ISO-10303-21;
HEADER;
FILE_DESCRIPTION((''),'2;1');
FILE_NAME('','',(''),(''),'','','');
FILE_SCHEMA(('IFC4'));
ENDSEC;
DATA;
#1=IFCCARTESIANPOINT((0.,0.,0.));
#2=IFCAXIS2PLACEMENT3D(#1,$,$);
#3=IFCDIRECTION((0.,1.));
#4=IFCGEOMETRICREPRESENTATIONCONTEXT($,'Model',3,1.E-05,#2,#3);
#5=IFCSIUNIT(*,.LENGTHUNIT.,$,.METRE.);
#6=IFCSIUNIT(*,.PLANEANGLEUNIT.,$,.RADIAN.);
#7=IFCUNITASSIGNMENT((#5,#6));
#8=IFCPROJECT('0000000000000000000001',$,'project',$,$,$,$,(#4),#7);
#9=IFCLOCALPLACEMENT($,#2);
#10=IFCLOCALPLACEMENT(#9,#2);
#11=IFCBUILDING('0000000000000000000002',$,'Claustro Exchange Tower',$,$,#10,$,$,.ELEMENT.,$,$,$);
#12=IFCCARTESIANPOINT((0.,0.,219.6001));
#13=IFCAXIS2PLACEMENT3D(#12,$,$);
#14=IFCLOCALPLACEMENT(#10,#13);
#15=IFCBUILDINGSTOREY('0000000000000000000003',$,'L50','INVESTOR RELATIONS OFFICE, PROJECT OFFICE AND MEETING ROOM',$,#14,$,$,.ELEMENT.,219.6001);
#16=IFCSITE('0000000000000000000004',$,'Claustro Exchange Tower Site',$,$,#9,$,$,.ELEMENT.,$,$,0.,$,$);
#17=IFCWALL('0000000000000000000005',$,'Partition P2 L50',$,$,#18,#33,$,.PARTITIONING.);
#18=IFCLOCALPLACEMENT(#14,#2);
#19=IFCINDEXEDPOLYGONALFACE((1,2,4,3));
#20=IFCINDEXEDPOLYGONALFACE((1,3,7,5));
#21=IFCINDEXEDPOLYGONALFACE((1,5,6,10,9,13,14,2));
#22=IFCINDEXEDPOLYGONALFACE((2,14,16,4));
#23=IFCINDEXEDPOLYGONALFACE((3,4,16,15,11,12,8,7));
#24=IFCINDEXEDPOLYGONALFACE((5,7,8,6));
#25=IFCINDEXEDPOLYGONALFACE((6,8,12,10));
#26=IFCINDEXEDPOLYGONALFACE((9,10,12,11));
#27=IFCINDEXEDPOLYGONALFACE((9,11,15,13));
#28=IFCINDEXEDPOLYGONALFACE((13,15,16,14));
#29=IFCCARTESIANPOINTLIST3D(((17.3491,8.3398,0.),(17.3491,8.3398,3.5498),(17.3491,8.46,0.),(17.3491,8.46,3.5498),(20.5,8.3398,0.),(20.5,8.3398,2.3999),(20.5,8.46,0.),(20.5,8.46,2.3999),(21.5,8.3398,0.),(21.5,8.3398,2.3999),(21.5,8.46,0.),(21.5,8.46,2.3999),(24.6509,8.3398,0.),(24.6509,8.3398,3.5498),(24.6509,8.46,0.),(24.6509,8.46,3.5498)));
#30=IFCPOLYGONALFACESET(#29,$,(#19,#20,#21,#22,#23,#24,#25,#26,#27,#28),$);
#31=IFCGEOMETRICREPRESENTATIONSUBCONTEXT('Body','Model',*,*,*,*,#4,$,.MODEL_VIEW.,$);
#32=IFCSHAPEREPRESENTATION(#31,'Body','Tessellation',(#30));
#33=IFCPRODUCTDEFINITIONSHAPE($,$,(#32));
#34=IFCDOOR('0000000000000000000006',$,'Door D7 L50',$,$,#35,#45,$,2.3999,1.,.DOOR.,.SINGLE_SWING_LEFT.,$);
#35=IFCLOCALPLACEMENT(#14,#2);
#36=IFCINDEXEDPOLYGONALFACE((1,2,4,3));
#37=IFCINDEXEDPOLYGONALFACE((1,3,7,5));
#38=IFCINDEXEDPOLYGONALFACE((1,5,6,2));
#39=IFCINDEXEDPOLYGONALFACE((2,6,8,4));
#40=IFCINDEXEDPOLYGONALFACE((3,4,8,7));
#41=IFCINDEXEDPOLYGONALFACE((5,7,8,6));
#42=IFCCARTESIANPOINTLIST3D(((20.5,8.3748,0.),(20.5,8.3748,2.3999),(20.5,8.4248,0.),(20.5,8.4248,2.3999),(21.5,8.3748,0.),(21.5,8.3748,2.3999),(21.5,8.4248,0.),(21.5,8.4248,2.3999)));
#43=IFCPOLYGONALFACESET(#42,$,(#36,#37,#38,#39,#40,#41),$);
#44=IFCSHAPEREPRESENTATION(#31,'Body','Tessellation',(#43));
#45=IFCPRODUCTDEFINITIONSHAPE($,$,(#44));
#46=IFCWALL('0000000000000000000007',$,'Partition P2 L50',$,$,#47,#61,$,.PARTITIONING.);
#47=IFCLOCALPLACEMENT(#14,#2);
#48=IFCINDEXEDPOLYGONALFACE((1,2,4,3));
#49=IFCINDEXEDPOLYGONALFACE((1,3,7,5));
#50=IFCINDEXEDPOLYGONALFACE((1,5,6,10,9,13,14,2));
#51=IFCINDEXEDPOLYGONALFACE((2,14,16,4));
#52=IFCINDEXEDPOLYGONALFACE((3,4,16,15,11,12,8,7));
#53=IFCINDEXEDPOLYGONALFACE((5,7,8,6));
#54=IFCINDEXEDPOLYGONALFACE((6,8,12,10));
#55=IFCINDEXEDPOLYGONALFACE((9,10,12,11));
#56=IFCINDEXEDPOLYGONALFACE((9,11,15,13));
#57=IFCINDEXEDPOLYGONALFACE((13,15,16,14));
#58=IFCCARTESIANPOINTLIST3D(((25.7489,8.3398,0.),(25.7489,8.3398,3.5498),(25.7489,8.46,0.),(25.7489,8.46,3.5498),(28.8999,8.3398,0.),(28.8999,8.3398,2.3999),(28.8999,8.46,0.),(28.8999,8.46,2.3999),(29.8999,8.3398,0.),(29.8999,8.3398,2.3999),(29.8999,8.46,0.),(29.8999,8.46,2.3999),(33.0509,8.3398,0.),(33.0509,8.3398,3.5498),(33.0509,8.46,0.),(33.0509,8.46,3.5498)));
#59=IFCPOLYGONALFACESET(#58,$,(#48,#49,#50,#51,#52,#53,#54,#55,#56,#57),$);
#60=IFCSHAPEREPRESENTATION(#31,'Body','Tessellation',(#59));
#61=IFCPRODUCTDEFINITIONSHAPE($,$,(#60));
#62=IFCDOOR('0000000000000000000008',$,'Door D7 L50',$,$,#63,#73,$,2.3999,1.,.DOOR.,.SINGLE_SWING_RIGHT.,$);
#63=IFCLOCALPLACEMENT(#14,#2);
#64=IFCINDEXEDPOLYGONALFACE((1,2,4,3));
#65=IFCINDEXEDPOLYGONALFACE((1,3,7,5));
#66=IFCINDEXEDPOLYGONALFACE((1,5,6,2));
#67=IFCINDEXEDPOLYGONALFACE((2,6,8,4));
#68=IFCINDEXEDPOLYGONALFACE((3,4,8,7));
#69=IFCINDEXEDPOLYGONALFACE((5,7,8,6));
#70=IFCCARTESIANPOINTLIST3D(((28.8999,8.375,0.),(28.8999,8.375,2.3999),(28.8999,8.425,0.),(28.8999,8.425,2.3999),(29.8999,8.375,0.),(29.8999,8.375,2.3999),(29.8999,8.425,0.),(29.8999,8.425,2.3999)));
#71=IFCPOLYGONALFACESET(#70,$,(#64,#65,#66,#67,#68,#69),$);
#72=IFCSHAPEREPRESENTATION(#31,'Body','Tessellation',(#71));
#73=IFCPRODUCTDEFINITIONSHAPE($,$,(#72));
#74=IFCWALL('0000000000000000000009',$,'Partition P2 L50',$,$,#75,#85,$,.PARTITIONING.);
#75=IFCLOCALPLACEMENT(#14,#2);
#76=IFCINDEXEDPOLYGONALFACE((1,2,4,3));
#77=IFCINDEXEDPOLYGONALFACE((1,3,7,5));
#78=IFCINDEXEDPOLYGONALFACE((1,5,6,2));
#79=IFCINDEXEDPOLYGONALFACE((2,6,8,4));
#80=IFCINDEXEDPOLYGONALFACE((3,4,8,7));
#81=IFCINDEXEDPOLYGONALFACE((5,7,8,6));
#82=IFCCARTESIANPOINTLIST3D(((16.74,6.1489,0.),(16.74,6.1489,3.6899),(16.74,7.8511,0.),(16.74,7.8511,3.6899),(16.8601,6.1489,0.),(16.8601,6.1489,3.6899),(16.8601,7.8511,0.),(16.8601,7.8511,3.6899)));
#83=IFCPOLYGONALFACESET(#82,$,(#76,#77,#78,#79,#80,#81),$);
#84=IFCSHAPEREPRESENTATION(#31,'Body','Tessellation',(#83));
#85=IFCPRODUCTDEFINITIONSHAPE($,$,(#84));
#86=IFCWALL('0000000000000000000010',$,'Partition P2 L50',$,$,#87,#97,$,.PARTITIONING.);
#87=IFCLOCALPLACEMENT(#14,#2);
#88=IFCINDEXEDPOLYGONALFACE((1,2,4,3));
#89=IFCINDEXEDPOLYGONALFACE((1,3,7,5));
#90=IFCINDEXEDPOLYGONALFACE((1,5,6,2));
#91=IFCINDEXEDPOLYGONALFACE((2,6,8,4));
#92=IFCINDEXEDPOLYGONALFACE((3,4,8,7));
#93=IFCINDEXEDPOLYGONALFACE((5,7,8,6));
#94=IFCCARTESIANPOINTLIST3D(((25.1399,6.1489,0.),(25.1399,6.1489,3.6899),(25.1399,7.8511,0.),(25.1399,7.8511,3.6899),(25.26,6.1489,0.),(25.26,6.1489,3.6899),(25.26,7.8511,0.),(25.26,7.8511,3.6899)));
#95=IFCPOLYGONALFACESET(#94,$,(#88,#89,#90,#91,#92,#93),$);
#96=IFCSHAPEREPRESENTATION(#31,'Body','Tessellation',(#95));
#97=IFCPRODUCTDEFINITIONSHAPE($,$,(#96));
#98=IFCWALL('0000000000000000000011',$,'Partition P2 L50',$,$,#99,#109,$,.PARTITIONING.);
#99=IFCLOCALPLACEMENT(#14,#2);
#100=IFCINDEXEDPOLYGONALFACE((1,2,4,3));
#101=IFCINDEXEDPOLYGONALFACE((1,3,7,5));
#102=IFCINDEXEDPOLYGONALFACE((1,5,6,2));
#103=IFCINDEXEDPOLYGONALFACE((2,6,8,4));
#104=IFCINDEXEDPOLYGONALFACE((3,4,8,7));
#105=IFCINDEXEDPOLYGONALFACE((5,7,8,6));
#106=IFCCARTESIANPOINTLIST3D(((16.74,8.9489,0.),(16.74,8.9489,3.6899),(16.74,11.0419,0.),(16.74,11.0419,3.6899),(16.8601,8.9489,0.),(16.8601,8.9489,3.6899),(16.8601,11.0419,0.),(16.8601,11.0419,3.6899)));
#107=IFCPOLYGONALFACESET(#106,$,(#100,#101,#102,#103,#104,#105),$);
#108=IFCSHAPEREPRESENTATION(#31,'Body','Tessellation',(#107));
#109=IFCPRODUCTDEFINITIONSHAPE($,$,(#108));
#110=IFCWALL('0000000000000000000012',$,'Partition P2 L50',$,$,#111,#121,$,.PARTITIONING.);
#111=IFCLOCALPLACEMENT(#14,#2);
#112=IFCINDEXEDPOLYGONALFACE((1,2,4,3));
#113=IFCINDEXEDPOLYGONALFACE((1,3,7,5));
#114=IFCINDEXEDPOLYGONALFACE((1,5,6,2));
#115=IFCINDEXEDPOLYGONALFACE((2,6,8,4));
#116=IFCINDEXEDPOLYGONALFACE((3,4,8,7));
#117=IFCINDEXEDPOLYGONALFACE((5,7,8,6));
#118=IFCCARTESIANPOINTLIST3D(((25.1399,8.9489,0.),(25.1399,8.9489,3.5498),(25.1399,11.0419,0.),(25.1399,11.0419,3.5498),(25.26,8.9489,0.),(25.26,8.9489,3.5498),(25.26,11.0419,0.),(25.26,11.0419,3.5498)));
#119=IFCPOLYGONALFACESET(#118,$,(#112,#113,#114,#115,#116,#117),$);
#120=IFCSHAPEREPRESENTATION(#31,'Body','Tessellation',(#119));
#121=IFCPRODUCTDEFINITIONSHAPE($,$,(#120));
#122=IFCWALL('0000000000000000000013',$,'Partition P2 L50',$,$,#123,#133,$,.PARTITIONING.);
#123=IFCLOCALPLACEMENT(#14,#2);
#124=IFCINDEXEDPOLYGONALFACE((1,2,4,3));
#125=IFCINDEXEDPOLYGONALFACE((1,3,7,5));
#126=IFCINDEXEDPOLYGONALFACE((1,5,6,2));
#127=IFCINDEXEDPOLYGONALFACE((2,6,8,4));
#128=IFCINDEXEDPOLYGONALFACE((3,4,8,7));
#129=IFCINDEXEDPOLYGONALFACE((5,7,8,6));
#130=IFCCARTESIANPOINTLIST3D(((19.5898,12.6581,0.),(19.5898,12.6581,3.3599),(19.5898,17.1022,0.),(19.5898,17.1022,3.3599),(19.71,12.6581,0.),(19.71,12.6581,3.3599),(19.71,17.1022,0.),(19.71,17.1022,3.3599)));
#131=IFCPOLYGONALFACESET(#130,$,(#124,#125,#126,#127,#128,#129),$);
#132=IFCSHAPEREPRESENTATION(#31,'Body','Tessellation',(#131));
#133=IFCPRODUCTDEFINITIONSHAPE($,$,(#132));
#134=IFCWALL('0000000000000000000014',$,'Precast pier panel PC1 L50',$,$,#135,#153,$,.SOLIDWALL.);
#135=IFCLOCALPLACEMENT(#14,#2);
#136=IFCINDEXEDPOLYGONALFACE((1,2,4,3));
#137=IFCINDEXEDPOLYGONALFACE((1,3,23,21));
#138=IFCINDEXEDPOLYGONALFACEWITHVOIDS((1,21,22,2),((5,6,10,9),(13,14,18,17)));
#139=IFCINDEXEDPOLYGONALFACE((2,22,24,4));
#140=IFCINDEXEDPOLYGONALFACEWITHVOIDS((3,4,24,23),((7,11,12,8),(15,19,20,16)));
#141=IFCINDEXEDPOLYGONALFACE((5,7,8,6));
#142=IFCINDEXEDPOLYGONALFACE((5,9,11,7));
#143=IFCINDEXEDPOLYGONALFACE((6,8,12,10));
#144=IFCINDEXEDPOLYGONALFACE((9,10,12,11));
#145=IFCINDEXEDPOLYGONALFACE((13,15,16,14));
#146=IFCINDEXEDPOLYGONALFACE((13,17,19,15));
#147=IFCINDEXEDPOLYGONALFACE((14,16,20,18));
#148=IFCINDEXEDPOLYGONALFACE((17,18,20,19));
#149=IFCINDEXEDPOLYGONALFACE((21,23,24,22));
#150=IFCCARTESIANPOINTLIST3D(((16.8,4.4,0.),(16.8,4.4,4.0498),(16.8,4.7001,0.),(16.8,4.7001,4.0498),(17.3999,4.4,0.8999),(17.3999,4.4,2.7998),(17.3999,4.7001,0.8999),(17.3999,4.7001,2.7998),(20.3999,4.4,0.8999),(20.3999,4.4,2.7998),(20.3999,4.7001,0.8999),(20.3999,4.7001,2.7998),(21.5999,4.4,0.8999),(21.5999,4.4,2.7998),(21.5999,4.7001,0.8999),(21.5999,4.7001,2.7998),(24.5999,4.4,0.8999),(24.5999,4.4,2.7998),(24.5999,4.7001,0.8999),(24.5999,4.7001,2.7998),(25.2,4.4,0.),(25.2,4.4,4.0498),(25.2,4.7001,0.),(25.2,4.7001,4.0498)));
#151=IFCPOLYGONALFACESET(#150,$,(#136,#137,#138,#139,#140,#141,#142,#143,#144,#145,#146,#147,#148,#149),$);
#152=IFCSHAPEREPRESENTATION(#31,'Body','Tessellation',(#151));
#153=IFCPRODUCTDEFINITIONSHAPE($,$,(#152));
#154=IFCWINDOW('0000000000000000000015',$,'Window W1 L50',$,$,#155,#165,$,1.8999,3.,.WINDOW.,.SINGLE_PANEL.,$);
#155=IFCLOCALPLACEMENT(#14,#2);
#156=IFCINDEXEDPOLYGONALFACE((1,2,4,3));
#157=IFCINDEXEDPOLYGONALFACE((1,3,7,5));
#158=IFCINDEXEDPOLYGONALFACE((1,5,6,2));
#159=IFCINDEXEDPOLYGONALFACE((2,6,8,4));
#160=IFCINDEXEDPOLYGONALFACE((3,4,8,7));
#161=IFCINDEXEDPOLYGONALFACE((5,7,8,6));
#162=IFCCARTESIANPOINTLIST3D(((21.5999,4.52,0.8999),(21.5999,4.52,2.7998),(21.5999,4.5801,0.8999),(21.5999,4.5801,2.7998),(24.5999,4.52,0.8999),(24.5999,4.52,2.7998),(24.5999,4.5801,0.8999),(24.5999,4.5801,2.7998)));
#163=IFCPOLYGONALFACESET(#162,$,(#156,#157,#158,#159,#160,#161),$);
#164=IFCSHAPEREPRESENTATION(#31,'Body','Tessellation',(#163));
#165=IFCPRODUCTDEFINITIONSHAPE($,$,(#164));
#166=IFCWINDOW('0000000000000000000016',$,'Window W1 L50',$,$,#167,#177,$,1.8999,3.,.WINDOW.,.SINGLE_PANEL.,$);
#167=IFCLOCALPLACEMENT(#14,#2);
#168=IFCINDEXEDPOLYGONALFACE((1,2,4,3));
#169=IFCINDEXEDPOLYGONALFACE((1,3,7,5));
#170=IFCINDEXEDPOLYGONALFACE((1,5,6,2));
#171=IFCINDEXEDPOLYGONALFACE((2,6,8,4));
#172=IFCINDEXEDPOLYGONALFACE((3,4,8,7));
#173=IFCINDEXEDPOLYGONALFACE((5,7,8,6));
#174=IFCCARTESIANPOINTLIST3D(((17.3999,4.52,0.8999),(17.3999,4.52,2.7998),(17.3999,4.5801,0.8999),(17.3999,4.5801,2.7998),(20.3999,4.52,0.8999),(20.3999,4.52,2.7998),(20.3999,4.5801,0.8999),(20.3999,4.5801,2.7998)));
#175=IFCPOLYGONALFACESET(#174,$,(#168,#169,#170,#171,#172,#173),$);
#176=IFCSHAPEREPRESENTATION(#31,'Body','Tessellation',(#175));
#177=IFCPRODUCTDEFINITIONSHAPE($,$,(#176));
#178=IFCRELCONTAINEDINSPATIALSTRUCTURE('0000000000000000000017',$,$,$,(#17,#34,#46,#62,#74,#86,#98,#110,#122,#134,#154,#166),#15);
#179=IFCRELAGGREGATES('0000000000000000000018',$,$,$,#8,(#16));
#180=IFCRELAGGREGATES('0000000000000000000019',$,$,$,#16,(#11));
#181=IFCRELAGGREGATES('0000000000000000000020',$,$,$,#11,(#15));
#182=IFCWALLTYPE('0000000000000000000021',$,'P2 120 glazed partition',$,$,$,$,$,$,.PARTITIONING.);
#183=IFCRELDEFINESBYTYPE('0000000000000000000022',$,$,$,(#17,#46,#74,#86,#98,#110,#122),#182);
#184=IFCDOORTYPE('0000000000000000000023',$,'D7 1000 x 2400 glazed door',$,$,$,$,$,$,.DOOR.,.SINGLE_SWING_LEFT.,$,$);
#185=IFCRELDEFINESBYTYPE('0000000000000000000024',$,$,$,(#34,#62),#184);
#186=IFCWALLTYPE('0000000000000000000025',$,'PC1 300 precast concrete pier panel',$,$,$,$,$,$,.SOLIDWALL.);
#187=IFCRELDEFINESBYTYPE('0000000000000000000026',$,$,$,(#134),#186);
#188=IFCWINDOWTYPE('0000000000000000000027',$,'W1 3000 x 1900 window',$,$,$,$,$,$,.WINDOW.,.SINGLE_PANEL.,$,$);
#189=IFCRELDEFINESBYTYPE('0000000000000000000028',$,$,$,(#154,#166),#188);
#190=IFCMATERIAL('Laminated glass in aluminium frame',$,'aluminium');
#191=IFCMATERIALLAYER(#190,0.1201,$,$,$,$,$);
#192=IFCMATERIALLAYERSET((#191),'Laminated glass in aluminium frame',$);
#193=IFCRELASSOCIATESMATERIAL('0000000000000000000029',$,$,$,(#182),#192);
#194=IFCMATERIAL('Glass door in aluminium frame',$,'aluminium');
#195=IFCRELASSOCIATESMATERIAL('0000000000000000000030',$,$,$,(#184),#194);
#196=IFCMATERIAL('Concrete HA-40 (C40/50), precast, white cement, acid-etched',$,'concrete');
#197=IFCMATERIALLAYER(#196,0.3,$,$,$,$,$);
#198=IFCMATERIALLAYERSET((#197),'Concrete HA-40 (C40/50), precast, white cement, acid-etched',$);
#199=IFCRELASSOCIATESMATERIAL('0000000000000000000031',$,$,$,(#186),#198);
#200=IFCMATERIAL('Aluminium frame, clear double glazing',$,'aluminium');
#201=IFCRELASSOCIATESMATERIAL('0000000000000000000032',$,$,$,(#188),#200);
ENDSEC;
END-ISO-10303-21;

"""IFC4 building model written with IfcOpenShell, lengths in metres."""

from ifc_helpers import new_model, si_unit, direction, frame, frame_2d, origin, place, context, subcontext, project, spatial, rectangle, extrude, material, layer, layer_set, type_object, element, fill, save


model = new_model("IFC4")

# Units and contexts
model_context = context("Model", 3, precision=1e-05, world=origin(), true_north=direction((0.0, 1.0)))
body_context = subcontext(model_context, "Body", "Model", "MODEL_VIEW")
ifc_project = project(units=[si_unit("LENGTHUNIT", "METRE"), si_unit("PLANEANGLEUNIT", "RADIAN")], contexts=[model_context])

# Site, building, storey
site_placement = place(None, origin())
site = spatial("IfcSite", under=ifc_project, at=site_placement, Name="Claustro Exchange Tower Site", CompositionType="ELEMENT", RefElevation=0.0)
building_placement = place(site_placement, origin())
building = spatial("IfcBuilding", under=site, at=building_placement, Name="Claustro Exchange Tower", CompositionType="ELEMENT")
storey_placement = place(building_placement, frame((0.0, 0.0, 219.6001)))
storey = spatial("IfcBuildingStorey", under=building, at=storey_placement, Name="L50", Description="INVESTOR RELATIONS OFFICE, PROJECT OFFICE AND MEETING ROOM", CompositionType="ELEMENT", Elevation=219.6001)

# Walls, openings, doors
ifc_material_1 = material(Name="Laminated glass in aluminium frame", Category="aluminium")
ifc_layer_1 = layer(ifc_material_1, 0.1201)
ifc_layer_set_1 = layer_set([ifc_layer_1], Name="Laminated glass in aluminium frame")
wall_type_1 = type_object("IfcWallType", Name="P2 120 glazed partition", PredefinedType="PARTITIONING", material=ifc_layer_set_1)
wall_1_placement = place(storey_placement, frame((17.3491, 8.3999, 0.0), z_axis=(0.0, 0.0, 1.0), x_axis=(1.0, 0.0, 0.0)))
wall_1 = element("IfcWall", 1, at=wall_1_placement, inside=storey, type_object=wall_type_1, Name="Partition P2 L50", PredefinedType="PARTITIONING", context=body_context, shape_type="SweptSolid", body=[
    extrude(rectangle(XDim=7.3018, YDim=0.1201, at=frame_2d((3.6509, 0.0))), origin(), (0.0, 0.0, 1.0), 3.5498),
])
opening_1_placement = place(wall_1_placement, frame((3.1509, 0.0, 0.0)))
opening_1 = element("IfcOpeningElement", 2, at=opening_1_placement, cuts=wall_1, PredefinedType="OPENING", context=body_context, shape_type="SweptSolid", body=[
    extrude(rectangle(XDim=1.0, YDim=2.3999, at=frame_2d((0.5, 1.2))), frame((0.0, 0.0701, 0.0), z_axis=(0.0, -1.0, 0.0), x_axis=(1.0, 0.0, 0.0)), (0.0, 0.0, 1.0), 0.1401),
])
ifc_material_2 = material(Name="Glass door in aluminium frame", Category="aluminium")
door_type = type_object("IfcDoorType", Name="D7 1000 x 2400 glazed door", OperationType="SINGLE_SWING_LEFT", PredefinedType="DOOR", material=ifc_material_2)
door_1_placement = place(opening_1_placement, origin())
door_1 = element("IfcDoor", 3, at=door_1_placement, inside=storey, type_object=door_type, Name="Door D7 L50", OperationType="SINGLE_SWING_LEFT", OverallHeight=2.3999, OverallWidth=1.0, PredefinedType="DOOR", context=body_context, shape_type="SweptSolid", body=[
    extrude(rectangle(XDim=1.0, YDim=2.3999, at=frame_2d((0.5, 1.2))), frame((0.0, 0.0249, 0.0), z_axis=(0.0, -1.0, 0.0), x_axis=(1.0, 0.0, 0.0)), (0.0, 0.0, 1.0), 0.05),
])
fill(opening_1, door_1)
wall_2_placement = place(storey_placement, frame((25.749, 8.3999, 0.0), z_axis=(0.0, 0.0, 1.0), x_axis=(1.0, 0.0, 0.0)))
wall_2 = element("IfcWall", 4, at=wall_2_placement, inside=storey, type_object=wall_type_1, Name="Partition P2 L50", PredefinedType="PARTITIONING", context=body_context, shape_type="SweptSolid", body=[
    extrude(rectangle(XDim=7.302, YDim=0.1201, at=frame_2d((3.6509, 0.0))), origin(), (0.0, 0.0, 1.0), 3.5498),
])
opening_2_placement = place(wall_2_placement, frame((3.1509, 0.0, 0.0)))
opening_2 = element("IfcOpeningElement", 5, at=opening_2_placement, cuts=wall_2, PredefinedType="OPENING", context=body_context, shape_type="SweptSolid", body=[
    extrude(rectangle(XDim=1.0, YDim=2.3999, at=frame_2d((0.5, 1.2))), frame((0.0, 0.0701, 0.0), z_axis=(0.0, -1.0, 0.0), x_axis=(1.0, 0.0, 0.0)), (0.0, 0.0, 1.0), 0.1401),
])
door_2_placement = place(opening_2_placement, frame((1.0, 0.0, 0.0), z_axis=(0.0, 0.0, 1.0), x_axis=(-1.0, 0.0, 0.0)))
door_2 = element("IfcDoor", 6, at=door_2_placement, inside=storey, type_object=door_type, Name="Door D7 L50", OperationType="SINGLE_SWING_RIGHT", OverallHeight=2.3999, OverallWidth=1.0, PredefinedType="DOOR", context=body_context, shape_type="SweptSolid", body=[
    extrude(rectangle(XDim=1.0, YDim=2.3999, at=frame_2d((0.5, 1.2))), frame((0.0, 0.0249, 0.0), z_axis=(0.0, -1.0, 0.0), x_axis=(1.0, 0.0, 0.0)), (0.0, 0.0, 1.0), 0.05),
])
fill(opening_2, door_2)

# Walls
for number, where, z_axis, x_axis, name in (
    (7, (16.8, 6.1489, 0.0), (0.0, 0.0, 1.0), (0.0, 1.0, 0.0), "Partition P2 L50"),
    (8, (25.2, 6.1489, 0.0), (0.0, 0.0, 1.0), (0.0, 1.0, 0.0), "Partition P2 L50"),
):
    element("IfcWall", number, at=place(storey_placement, frame(where, z_axis=z_axis, x_axis=x_axis)), inside=storey, type_object=wall_type_1, Name=name, PredefinedType="PARTITIONING", context=body_context, shape_type="SweptSolid", body=[
        extrude(rectangle(XDim=1.7021, YDim=0.1201, at=frame_2d((0.8511, 0.0))), origin(), (0.0, 0.0, 1.0), 3.6899),
    ])
wall_3_placement = place(storey_placement, frame((16.8, 8.949, 0.0), z_axis=(0.0, 0.0, 1.0), x_axis=(0.0, 1.0, 0.0)))
element("IfcWall", 9, at=wall_3_placement, inside=storey, type_object=wall_type_1, Name="Partition P2 L50", PredefinedType="PARTITIONING", context=body_context, shape_type="SweptSolid", body=[
    extrude(rectangle(XDim=2.093, YDim=0.1201, at=frame_2d((1.0464, 0.0))), origin(), (0.0, 0.0, 1.0), 3.6899),
])
wall_4_placement = place(storey_placement, frame((25.2, 8.949, 0.0), z_axis=(0.0, 0.0, 1.0), x_axis=(0.0, 1.0, 0.0)))
element("IfcWall", 10, at=wall_4_placement, inside=storey, type_object=wall_type_1, Name="Partition P2 L50", PredefinedType="PARTITIONING", context=body_context, shape_type="SweptSolid", body=[
    extrude(rectangle(XDim=2.093, YDim=0.1201, at=frame_2d((1.0464, 0.0))), origin(), (0.0, 0.0, 1.0), 3.5498),
])
wall_5_placement = place(storey_placement, frame((19.6499, 12.658, 0.0), z_axis=(0.0, 0.0, 1.0), x_axis=(0.0, 1.0, 0.0)))
element("IfcWall", 11, at=wall_5_placement, inside=storey, type_object=wall_type_1, Name="Partition P2 L50", PredefinedType="PARTITIONING", context=body_context, shape_type="SweptSolid", body=[
    extrude(rectangle(XDim=4.4441, YDim=0.1201, at=frame_2d((2.2222, 0.0))), origin(), (0.0, 0.0, 1.0), 3.3599),
])

# Wall, openings, windows
ifc_material_3 = material(Name="Concrete HA-40 (C40/50), precast, white cement, acid-etched", Category="concrete")
ifc_layer_2 = layer(ifc_material_3, 0.3)
ifc_layer_set_2 = layer_set([ifc_layer_2], Name="Concrete HA-40 (C40/50), precast, white cement, acid-etched")
wall_type_2 = type_object("IfcWallType", Name="PC1 300 precast concrete pier panel", PredefinedType="SOLIDWALL", material=ifc_layer_set_2)
wall_6_placement = place(storey_placement, frame((25.2, 4.55, 0.0), z_axis=(0.0, 0.0, 1.0), x_axis=(-1.0, 0.0, 0.0)))
wall_6 = element("IfcWall", 12, at=wall_6_placement, inside=storey, type_object=wall_type_2, Name="Precast pier panel PC1 L50", PredefinedType="SOLIDWALL", context=body_context, shape_type="SweptSolid", body=[
    extrude(rectangle(XDim=8.3999, YDim=0.3, at=frame_2d((4.2, 0.0))), origin(), (0.0, 0.0, 1.0), 4.0498),
])
opening_3_placement = place(wall_6_placement, frame((0.6001, 0.0, 0.8999)))
opening_3 = element("IfcOpeningElement", 13, at=opening_3_placement, cuts=wall_6, PredefinedType="OPENING", context=body_context, shape_type="SweptSolid", body=[
    extrude(rectangle(XDim=3.0, YDim=1.8999, at=frame_2d((1.5, 0.95))), frame((0.0, 0.1599, 0.0), z_axis=(0.0, -1.0, 0.0), x_axis=(1.0, 0.0, 0.0)), (0.0, 0.0, 1.0), 0.3201),
])
opening_4_placement = place(wall_6_placement, frame((4.8, 0.0, 0.8999)))
opening_4 = element("IfcOpeningElement", 14, at=opening_4_placement, cuts=wall_6, PredefinedType="OPENING", context=body_context, shape_type="SweptSolid", body=[
    extrude(rectangle(XDim=3.0, YDim=1.8999, at=frame_2d((1.5, 0.95))), frame((0.0, 0.1599, 0.0), z_axis=(0.0, -1.0, 0.0), x_axis=(1.0, 0.0, 0.0)), (0.0, 0.0, 1.0), 0.3201),
])
ifc_material_4 = material(Name="Aluminium frame, clear double glazing", Category="aluminium")
window_type = type_object("IfcWindowType", Name="W1 3000 x 1900 window", PartitioningType="SINGLE_PANEL", PredefinedType="WINDOW", material=ifc_material_4)
window_1_placement = place(opening_3_placement, origin())
window_1 = element("IfcWindow", 15, at=window_1_placement, inside=storey, type_object=window_type, Name="Window W1 L50", OverallHeight=1.8999, OverallWidth=3.0, PartitioningType="SINGLE_PANEL", PredefinedType="WINDOW", context=body_context, shape_type="SweptSolid", body=[
    extrude(rectangle(XDim=3.0, YDim=1.8999, at=frame_2d((1.5, 0.95))), frame((0.0, 0.03, 0.0), z_axis=(0.0, -1.0, 0.0), x_axis=(1.0, 0.0, 0.0)), (0.0, 0.0, 1.0), 0.0601),
])
fill(opening_3, window_1)
window_2_placement = place(opening_4_placement, origin())
window_2 = element("IfcWindow", 16, at=window_2_placement, inside=storey, type_object=window_type, Name="Window W1 L50", OverallHeight=1.8999, OverallWidth=3.0, PartitioningType="SINGLE_PANEL", PredefinedType="WINDOW", context=body_context, shape_type="SweptSolid", body=[
    extrude(rectangle(XDim=3.0, YDim=1.8999, at=frame_2d((1.5, 0.95))), frame((0.0, 0.03, 0.0), z_axis=(0.0, -1.0, 0.0), x_axis=(1.0, 0.0, 0.0)), (0.0, 0.0, 1.0), 0.0601),
])
fill(opening_4, window_2)

save(model, "model.ifc")
